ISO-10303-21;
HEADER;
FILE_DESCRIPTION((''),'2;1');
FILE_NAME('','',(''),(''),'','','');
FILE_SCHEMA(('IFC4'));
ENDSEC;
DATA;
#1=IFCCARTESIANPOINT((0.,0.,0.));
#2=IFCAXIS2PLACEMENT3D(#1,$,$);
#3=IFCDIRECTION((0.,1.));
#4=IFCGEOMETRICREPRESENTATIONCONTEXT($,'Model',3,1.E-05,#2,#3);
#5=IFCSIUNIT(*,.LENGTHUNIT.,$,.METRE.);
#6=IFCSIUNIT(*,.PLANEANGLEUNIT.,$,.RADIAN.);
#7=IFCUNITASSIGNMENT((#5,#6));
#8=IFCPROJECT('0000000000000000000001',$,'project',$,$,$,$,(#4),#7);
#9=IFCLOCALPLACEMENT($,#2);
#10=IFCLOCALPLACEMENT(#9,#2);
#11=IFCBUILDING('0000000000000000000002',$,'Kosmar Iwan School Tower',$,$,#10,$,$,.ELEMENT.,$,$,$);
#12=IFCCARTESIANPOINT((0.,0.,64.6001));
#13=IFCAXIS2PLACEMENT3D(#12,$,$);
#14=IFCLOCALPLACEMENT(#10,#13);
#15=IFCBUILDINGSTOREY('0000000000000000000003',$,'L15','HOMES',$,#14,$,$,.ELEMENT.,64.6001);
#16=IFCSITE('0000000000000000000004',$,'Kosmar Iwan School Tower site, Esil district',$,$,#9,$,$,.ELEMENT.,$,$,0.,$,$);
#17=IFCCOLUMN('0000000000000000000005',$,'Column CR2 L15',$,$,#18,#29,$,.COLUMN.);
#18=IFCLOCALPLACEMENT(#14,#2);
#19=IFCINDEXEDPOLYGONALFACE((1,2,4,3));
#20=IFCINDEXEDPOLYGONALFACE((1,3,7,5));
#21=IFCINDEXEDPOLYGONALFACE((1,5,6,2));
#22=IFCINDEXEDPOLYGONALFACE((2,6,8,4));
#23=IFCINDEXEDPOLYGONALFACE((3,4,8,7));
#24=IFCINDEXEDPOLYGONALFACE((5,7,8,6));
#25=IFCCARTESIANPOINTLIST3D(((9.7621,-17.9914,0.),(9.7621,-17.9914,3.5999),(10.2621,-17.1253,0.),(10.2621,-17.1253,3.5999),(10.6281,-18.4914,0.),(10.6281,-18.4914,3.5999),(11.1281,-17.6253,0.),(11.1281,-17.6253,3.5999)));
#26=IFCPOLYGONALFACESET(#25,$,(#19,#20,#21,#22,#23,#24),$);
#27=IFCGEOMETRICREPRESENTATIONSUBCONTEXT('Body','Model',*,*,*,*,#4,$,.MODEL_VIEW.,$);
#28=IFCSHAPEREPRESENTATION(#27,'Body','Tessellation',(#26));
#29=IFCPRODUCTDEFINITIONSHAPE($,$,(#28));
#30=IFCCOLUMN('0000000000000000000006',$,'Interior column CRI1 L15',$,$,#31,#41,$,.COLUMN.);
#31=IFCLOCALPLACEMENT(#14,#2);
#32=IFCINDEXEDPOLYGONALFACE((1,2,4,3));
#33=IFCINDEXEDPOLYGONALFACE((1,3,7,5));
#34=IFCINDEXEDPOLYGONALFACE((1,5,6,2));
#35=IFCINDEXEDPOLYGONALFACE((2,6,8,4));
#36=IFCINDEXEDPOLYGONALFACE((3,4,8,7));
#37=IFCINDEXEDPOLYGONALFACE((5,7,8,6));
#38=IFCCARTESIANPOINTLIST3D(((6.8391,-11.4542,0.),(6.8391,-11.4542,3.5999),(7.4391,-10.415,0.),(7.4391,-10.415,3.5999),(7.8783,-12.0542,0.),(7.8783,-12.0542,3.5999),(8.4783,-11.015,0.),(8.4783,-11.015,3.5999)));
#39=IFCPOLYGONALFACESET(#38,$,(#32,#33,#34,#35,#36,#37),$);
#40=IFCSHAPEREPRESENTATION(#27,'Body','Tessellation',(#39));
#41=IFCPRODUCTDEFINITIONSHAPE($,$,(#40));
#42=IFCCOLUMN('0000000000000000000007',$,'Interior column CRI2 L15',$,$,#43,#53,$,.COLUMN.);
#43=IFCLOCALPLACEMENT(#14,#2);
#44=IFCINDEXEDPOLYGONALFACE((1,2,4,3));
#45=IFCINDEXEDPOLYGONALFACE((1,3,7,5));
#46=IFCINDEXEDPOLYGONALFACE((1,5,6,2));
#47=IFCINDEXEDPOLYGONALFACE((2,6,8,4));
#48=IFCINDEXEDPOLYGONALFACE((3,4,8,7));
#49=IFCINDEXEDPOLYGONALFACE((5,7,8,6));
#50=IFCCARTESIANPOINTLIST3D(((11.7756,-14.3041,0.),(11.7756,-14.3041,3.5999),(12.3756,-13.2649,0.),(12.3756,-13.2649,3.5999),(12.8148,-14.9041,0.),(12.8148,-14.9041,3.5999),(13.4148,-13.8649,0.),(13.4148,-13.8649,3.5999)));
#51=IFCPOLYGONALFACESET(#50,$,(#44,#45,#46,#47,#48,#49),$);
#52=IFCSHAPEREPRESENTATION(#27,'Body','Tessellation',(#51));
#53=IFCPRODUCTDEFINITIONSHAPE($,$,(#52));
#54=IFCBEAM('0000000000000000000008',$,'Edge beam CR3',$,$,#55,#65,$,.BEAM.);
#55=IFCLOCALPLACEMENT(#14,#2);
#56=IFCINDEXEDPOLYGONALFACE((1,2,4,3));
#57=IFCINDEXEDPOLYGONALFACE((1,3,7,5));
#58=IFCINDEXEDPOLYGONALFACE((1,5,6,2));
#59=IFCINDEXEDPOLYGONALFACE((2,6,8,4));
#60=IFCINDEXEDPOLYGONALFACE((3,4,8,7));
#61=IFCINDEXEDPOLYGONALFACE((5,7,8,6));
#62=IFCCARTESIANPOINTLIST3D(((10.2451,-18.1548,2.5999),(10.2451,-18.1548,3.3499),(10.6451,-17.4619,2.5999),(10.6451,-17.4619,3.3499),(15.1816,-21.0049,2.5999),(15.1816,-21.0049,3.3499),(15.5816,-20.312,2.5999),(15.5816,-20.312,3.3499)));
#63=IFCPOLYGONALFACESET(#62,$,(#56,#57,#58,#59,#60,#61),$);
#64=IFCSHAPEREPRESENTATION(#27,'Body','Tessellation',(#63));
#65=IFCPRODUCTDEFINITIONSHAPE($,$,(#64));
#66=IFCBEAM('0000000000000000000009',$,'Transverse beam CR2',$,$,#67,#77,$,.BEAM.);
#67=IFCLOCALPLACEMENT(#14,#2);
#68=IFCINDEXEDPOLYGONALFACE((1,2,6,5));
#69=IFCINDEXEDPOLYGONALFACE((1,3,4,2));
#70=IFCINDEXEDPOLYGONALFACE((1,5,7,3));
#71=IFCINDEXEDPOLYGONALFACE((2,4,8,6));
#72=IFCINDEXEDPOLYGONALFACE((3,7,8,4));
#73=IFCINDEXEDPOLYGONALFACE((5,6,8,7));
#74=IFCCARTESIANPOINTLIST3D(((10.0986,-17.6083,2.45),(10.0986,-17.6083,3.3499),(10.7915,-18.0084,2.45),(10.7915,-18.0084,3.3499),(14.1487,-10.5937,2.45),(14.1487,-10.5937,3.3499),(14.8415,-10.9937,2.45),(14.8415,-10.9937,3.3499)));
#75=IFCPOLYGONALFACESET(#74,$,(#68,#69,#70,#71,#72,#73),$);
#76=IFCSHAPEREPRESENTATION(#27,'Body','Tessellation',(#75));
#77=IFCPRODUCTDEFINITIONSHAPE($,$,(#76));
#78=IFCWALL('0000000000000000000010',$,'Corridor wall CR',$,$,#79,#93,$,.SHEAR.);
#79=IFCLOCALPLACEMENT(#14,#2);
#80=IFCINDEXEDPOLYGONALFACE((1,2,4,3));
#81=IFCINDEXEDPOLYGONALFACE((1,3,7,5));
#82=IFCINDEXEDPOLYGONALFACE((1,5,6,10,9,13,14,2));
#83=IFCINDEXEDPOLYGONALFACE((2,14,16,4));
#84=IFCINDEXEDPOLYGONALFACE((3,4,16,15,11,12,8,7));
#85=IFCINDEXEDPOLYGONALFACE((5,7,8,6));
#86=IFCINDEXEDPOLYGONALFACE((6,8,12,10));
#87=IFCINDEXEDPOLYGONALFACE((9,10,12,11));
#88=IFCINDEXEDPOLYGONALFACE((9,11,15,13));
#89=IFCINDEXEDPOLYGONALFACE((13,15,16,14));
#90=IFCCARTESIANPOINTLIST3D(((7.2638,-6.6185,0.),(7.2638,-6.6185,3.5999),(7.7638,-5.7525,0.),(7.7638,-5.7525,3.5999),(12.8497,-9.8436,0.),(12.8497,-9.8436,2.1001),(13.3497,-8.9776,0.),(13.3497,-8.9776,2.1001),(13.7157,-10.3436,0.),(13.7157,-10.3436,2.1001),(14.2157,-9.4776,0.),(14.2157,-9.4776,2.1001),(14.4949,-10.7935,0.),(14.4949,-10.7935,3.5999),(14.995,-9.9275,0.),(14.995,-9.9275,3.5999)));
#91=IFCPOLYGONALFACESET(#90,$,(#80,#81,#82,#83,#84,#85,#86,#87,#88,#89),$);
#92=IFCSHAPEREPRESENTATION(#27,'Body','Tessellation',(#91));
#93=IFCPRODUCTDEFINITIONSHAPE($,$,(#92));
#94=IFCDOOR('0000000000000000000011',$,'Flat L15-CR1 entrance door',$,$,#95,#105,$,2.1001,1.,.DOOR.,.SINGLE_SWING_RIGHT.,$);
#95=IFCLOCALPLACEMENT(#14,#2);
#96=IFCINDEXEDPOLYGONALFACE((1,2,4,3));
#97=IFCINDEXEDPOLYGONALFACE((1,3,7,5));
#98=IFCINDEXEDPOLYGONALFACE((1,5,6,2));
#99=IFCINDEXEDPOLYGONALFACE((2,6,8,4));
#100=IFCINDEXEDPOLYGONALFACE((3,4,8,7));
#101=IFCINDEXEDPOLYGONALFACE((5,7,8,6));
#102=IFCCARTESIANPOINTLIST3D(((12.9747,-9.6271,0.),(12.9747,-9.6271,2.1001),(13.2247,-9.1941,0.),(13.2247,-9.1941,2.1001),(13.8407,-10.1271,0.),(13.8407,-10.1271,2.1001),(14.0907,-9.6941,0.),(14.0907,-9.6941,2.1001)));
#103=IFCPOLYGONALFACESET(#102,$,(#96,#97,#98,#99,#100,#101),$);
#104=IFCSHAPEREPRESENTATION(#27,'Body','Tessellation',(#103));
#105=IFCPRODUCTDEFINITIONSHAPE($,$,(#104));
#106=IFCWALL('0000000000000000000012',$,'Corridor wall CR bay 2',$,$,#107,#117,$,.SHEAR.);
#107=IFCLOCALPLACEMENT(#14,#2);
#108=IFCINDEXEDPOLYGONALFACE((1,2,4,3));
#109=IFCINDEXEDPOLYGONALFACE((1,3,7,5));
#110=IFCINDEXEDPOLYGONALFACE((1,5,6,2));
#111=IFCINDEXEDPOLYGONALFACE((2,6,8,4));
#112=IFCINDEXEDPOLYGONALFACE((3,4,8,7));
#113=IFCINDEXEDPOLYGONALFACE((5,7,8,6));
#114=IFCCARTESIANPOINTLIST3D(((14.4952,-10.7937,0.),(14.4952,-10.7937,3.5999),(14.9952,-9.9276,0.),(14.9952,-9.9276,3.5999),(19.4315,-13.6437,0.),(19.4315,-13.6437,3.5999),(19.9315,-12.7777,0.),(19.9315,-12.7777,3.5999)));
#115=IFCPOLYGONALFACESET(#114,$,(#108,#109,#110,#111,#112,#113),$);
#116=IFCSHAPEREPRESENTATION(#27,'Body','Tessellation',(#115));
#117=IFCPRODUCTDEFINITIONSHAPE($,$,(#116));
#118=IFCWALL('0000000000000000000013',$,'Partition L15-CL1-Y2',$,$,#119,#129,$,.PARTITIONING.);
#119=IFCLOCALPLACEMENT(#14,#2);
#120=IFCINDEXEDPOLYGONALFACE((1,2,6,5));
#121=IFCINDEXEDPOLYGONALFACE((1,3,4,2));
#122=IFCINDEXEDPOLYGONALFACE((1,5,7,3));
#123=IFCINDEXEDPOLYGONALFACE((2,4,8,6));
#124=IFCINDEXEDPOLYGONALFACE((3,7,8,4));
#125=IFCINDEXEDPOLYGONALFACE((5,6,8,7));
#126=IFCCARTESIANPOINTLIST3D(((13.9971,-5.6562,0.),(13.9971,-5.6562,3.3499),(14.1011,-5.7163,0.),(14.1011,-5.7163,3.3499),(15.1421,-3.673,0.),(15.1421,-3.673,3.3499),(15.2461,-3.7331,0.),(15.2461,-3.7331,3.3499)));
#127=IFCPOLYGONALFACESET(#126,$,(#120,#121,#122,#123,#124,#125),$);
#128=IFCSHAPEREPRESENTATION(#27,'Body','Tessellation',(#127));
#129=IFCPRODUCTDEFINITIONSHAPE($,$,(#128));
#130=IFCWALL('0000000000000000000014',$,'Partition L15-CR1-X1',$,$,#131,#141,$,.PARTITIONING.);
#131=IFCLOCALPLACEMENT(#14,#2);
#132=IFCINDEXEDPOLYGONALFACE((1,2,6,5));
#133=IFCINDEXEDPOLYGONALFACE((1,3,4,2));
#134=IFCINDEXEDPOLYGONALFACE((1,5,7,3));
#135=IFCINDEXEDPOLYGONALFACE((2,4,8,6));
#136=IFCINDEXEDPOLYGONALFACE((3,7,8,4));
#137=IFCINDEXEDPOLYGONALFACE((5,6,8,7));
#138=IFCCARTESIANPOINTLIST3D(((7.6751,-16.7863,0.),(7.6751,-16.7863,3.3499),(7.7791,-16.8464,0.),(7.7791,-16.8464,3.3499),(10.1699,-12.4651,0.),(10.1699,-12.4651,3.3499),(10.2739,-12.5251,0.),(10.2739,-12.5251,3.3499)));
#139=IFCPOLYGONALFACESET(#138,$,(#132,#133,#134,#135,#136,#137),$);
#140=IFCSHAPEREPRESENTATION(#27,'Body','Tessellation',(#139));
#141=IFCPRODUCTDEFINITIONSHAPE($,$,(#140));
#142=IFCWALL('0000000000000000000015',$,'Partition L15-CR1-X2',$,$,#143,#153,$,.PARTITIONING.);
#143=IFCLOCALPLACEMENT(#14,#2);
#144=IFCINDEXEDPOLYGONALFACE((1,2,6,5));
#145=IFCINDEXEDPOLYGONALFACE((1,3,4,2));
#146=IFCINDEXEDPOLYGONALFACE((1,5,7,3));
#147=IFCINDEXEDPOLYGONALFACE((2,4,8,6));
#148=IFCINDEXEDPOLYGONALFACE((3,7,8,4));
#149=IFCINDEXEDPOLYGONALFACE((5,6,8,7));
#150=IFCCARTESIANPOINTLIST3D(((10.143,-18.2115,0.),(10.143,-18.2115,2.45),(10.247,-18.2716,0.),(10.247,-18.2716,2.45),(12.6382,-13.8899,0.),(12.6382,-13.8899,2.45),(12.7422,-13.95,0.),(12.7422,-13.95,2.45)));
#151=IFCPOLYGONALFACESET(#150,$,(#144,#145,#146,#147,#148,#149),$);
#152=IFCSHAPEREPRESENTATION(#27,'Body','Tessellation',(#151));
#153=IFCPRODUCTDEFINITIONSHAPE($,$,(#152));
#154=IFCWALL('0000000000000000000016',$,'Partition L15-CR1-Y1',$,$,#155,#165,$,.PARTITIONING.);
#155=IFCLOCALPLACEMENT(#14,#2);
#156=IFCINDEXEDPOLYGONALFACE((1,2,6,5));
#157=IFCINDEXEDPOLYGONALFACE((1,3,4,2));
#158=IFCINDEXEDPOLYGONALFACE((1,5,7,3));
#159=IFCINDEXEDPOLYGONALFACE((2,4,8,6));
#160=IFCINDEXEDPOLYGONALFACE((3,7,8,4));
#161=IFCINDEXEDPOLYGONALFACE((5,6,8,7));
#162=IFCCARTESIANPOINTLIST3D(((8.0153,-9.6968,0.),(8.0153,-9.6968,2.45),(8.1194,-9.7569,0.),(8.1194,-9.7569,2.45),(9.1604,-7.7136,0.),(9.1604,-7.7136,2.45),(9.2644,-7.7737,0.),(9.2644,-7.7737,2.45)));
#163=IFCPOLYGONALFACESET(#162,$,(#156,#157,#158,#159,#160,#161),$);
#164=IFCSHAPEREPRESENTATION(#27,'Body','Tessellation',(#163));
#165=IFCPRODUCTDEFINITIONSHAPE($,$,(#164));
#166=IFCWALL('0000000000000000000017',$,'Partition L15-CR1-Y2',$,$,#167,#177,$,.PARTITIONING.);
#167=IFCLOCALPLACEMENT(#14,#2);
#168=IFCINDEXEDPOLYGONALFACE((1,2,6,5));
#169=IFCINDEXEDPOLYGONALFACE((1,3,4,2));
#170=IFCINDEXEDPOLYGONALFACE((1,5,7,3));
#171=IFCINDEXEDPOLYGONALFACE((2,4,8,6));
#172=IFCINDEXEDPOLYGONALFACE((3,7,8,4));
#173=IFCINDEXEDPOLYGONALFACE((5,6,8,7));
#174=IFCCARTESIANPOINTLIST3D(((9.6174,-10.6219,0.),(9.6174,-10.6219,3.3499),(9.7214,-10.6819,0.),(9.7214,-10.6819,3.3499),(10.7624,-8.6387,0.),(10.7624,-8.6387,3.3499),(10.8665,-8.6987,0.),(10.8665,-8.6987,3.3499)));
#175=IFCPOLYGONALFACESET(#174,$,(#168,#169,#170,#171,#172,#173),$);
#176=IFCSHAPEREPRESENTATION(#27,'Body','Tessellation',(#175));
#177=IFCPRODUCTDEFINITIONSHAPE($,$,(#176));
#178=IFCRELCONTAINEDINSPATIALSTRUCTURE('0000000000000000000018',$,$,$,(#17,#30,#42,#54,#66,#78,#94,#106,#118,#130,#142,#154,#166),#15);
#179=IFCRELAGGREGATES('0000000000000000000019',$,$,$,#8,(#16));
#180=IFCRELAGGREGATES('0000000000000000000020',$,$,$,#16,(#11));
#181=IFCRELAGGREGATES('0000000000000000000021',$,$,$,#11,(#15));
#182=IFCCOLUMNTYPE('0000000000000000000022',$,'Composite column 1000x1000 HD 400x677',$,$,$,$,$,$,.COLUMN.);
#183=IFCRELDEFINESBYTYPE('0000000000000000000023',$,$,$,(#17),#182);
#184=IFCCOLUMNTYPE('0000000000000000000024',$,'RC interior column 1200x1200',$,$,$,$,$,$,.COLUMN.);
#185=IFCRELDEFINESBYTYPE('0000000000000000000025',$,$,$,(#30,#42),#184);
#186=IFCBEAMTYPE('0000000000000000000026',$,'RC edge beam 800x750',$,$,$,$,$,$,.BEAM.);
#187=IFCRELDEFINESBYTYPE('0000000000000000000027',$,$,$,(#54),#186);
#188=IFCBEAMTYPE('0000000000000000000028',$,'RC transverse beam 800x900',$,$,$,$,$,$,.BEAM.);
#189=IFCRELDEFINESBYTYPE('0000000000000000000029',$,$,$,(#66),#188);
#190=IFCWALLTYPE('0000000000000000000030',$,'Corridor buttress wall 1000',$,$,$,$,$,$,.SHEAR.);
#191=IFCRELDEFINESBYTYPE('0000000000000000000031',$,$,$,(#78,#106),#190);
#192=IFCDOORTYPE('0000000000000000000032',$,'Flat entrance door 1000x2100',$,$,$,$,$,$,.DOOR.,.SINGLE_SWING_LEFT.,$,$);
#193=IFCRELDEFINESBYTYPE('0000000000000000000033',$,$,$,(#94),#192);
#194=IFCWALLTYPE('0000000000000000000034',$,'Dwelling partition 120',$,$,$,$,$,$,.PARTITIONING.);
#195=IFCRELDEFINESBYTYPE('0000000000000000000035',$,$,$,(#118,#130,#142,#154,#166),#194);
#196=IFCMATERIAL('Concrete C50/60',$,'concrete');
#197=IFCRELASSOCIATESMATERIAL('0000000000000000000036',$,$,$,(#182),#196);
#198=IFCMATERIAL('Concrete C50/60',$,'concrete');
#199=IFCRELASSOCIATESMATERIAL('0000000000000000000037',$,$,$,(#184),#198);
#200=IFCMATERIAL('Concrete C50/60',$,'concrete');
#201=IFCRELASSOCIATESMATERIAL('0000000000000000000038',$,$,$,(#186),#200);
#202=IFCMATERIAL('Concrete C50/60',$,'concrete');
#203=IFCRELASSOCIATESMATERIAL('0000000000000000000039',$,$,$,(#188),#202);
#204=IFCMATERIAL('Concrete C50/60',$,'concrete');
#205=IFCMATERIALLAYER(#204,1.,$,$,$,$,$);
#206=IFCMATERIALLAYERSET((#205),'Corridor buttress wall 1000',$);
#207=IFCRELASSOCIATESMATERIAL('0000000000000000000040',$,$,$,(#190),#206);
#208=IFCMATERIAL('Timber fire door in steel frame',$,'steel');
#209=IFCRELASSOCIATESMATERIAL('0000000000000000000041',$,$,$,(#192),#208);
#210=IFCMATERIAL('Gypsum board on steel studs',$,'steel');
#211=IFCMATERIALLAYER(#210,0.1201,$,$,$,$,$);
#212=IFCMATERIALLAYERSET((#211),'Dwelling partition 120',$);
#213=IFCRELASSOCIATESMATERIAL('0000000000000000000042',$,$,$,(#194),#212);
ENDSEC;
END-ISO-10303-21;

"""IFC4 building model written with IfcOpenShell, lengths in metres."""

from ifc_helpers import new_model, si_unit, direction, frame, frame_2d, origin, origin_2d, place, context, subcontext, project, spatial, rectangle, extrude, material, layer, layer_set, material_profile, profile_set, type_object, element, fill, save


model = new_model("IFC4")

# Units and contexts
model_context = context("Model", 3, precision=1e-05, world=origin(), true_north=direction((0.0, 1.0)))
body_context = subcontext(model_context, "Body", "Model", "MODEL_VIEW")
ifc_project = project(units=[si_unit("LENGTHUNIT", "METRE"), si_unit("PLANEANGLEUNIT", "RADIAN")], contexts=[model_context])

# Site, building, storey
site_placement = place(None, origin())
site = spatial("IfcSite", under=ifc_project, at=site_placement, Name="Kosmar Iwan School Tower site, Esil district", CompositionType="ELEMENT", RefElevation=0.0)
building_placement = place(site_placement, origin())
building = spatial("IfcBuilding", under=site, at=building_placement, Name="Kosmar Iwan School Tower", CompositionType="ELEMENT")
storey_placement = place(building_placement, frame((0.0, 0.0, 64.6001)))
storey = spatial("IfcBuildingStorey", under=building, at=storey_placement, Name="L15", Description="HOMES", CompositionType="ELEMENT", Elevation=64.6001)

# Columns
ifc_material_1 = material(Name="Concrete C50/60", Category="concrete")
ifc_material_profile_1 = material_profile(ifc_material_1, rectangle(XDim=1.0, YDim=1.0, at=origin_2d()), Name="RC 1000x1000 + HD 400x677")
ifc_profile_set_1 = profile_set([ifc_material_profile_1], Name="Concrete C50/60")
column_type_1 = type_object("IfcColumnType", Name="Composite column 1000x1000 HD 400x677", PredefinedType="COLUMN", material=ifc_profile_set_1)
column_placement = place(storey_placement, frame((10.4451, -17.8083, 0.0), z_axis=(0.0, 0.0, 1.0), x_axis=(0.866025, -0.5, 0.0)))
element("IfcColumn", 1, at=column_placement, inside=storey, type_object=column_type_1, Name="Column CR2 L15", PredefinedType="COLUMN", context=body_context, shape_type="SweptSolid", body=[
    extrude(rectangle(XDim=1.0, YDim=1.0, at=origin_2d()), origin(), (0.0, 0.0, 1.0), 3.5999),
])
ifc_material_2 = material(Name="Concrete C50/60", Category="concrete")
ifc_material_profile_2 = material_profile(ifc_material_2, rectangle(XDim=1.2, YDim=1.2, at=origin_2d()), Name="RC 1200x1200")
ifc_profile_set_2 = profile_set([ifc_material_profile_2], Name="Concrete C50/60")
column_type_2 = type_object("IfcColumnType", Name="RC interior column 1200x1200", PredefinedType="COLUMN", material=ifc_profile_set_2)
for number, where, z_axis, x_axis, name in (
    (2, (7.6587, -11.2346, 0.0), (0.0, 0.0, 1.0), (0.866025, -0.5, 0.0), "Interior column CRI1 L15"),
    (3, (12.5952, -14.0845, 0.0), (0.0, 0.0, 1.0), (0.866025, -0.5, 0.0), "Interior column CRI2 L15"),
):
    element("IfcColumn", number, at=place(storey_placement, frame(where, z_axis=z_axis, x_axis=x_axis)), inside=storey, type_object=column_type_2, Name=name, PredefinedType="COLUMN", context=body_context, shape_type="SweptSolid", body=[
        extrude(rectangle(XDim=1.2, YDim=1.2, at=origin_2d()), origin(), (0.0, 0.0, 1.0), 3.5999),
    ])

# Beams
ifc_material_3 = material(Name="Concrete C50/60", Category="concrete")
ifc_material_profile_3 = material_profile(ifc_material_3, rectangle(XDim=0.8, YDim=0.75, at=origin_2d()), Name="RC 800x750")
ifc_profile_set_3 = profile_set([ifc_material_profile_3], Name="Concrete C50/60")
beam_type_1 = type_object("IfcBeamType", Name="RC edge beam 800x750", PredefinedType="BEAM", material=ifc_profile_set_3)
beam_1_placement = place(storey_placement, frame((10.4451, -17.8083, 2.9749), z_axis=(0.866026, -0.499999, 0.0), x_axis=(0.499999, 0.866026, 0.0)))
element("IfcBeam", 4, at=beam_1_placement, inside=storey, type_object=beam_type_1, Name="Edge beam CR3", PredefinedType="BEAM", context=body_context, shape_type="SweptSolid", body=[
    extrude(rectangle(XDim=0.8, YDim=0.75, at=origin_2d()), origin(), (0.0, 0.0, 1.0), 5.7002),
])
ifc_material_4 = material(Name="Concrete C50/60", Category="concrete")
ifc_material_profile_4 = material_profile(ifc_material_4, rectangle(XDim=0.8, YDim=0.8999, at=origin_2d()), Name="RC 800x900")
ifc_profile_set_4 = profile_set([ifc_material_profile_4], Name="Concrete C50/60")
beam_type_2 = type_object("IfcBeamType", Name="RC transverse beam 800x900", PredefinedType="BEAM", material=ifc_profile_set_4)
beam_2_placement = place(storey_placement, frame((10.4451, -17.8083, 2.8999), z_axis=(0.500013, 0.866018, 0.0), x_axis=(-0.866018, 0.500013, 0.0)))
element("IfcBeam", 5, at=beam_2_placement, inside=storey, type_object=beam_type_2, Name="Transverse beam CR2", PredefinedType="BEAM", context=body_context, shape_type="SweptSolid", body=[
    extrude(rectangle(XDim=0.8, YDim=0.8999, at=origin_2d()), origin(), (0.0, 0.0, 1.0), 8.0999),
])

# Wall, opening, door
ifc_material_5 = material(Name="Concrete C50/60", Category="concrete")
ifc_layer_1 = layer(ifc_material_5, 1.0)
ifc_layer_set_1 = layer_set([ifc_layer_1], Name="Corridor buttress wall 1000")
wall_type_1 = type_object("IfcWallType", Name="Corridor buttress wall 1000", PredefinedType="SHEAR", material=ifc_layer_set_1)
wall_1_placement = place(storey_placement, frame((7.5139, -6.1855, 0.0), z_axis=(0.0, 0.0, 1.0), x_axis=(0.86602, -0.50001, 0.0)))
wall_1 = element("IfcWall", 6, at=wall_1_placement, inside=storey, type_object=wall_type_1, Name="Corridor wall CR", PredefinedType="SHEAR", context=body_context, shape_type="SweptSolid", body=[
    extrude(rectangle(XDim=8.3499, YDim=1.0, at=frame_2d((4.1748, 0.0))), origin(), (0.0, 0.0, 1.0), 3.5999),
])
opening_placement = place(wall_1_placement, frame((6.45, 0.0, 0.0)))
opening = element("IfcOpeningElement", 7, at=opening_placement, cuts=wall_1, PredefinedType="OPENING", context=body_context, shape_type="SweptSolid", body=[
    extrude(rectangle(XDim=1.0, YDim=2.1001, at=frame_2d((0.5, 1.05))), frame((0.0, 0.512, 0.0), z_axis=(0.0, -1.0, 0.0), x_axis=(1.0, 0.0, 0.0)), (0.0, 0.0, 1.0), 1.0239),
])
ifc_material_6 = material(Name="Timber fire door in steel frame", Category="steel")
door_type = type_object("IfcDoorType", Name="Flat entrance door 1000x2100", OperationType="SINGLE_SWING_LEFT", PredefinedType="DOOR", material=ifc_material_6)
door_placement = place(opening_placement, origin())
door = element("IfcDoor", 8, at=door_placement, inside=storey, type_object=door_type, Name="Flat L15-CR1 entrance door", OperationType="SINGLE_SWING_RIGHT", OverallHeight=2.1001, OverallWidth=1.0, PredefinedType="DOOR", context=body_context, shape_type="SweptSolid", body=[
    extrude(rectangle(XDim=1.0, YDim=2.1001, at=frame_2d((0.5, 1.05))), frame((0.0, 0.25, 0.0), z_axis=(0.0, -1.0, 0.0), x_axis=(1.0, 0.0, 0.0)), (0.0, 0.0, 1.0), 0.5),
])
fill(opening, door)

# Walls
wall_2_placement = place(storey_placement, frame((14.7451, -10.3606, 0.0), z_axis=(0.0, 0.0, 1.0), x_axis=(0.866015, -0.500018, 0.0)))
element("IfcWall", 9, at=wall_2_placement, inside=storey, type_object=wall_type_1, Name="Corridor wall CR bay 2", PredefinedType="SHEAR", context=body_context, shape_type="SweptSolid", body=[
    extrude(rectangle(XDim=5.7, YDim=1.0, at=frame_2d((2.8501, 0.0))), origin(), (0.0, 0.0, 1.0), 3.5999),
])
ifc_material_7 = material(Name="Gypsum board on steel studs", Category="steel")
ifc_layer_2 = layer(ifc_material_7, 0.1201)
ifc_layer_set_2 = layer_set([ifc_layer_2], Name="Dwelling partition 120")
wall_type_2 = type_object("IfcWallType", Name="Dwelling partition 120", PredefinedType="PARTITIONING", material=ifc_layer_set_2)
wall_3_placement = place(storey_placement, frame((14.0491, -5.6863, 0.0), z_axis=(0.0, 0.0, 1.0), x_axis=(0.500015, 0.866017, 0.0)))
element("IfcWall", 10, at=wall_3_placement, inside=storey, type_object=wall_type_2, Name="Partition L15-CL1-Y2", PredefinedType="PARTITIONING", context=body_context, shape_type="SweptSolid", body=[
    extrude(rectangle(XDim=2.29, YDim=0.1201, at=frame_2d((1.145, 0.0))), origin(), (0.0, 0.0, 1.0), 3.3499),
])
wall_4_placement = place(storey_placement, frame((10.2219, -12.4951, 0.0), z_axis=(0.0, 0.0, 1.0), x_axis=(-0.499996, -0.866028, 0.0)))
element("IfcWall", 11, at=wall_4_placement, inside=storey, type_object=wall_type_2, Name="Partition L15-CR1-X1", PredefinedType="PARTITIONING", context=body_context, shape_type="SweptSolid", body=[
    extrude(rectangle(XDim=4.9897, YDim=0.1201, at=frame_2d((2.4949, 0.0))), origin(), (0.0, 0.0, 1.0), 3.3499),
])
wall_5_placement = place(storey_placement, frame((12.6902, -13.9199, 0.0), z_axis=(0.0, 0.0, 1.0), x_axis=(-0.500012, -0.866019, 0.0)))
element("IfcWall", 12, at=wall_5_placement, inside=storey, type_object=wall_type_2, Name="Partition L15-CR1-X2", PredefinedType="PARTITIONING", context=body_context, shape_type="SweptSolid", body=[
    extrude(rectangle(XDim=4.9902, YDim=0.1201, at=frame_2d((2.4951, 0.0))), origin(), (0.0, 0.0, 1.0), 2.45),
])
wall_6_placement = place(storey_placement, frame((9.2124, -7.7437, 0.0), z_axis=(0.0, 0.0, 1.0), x_axis=(-0.500015, -0.866017, 0.0)))
element("IfcWall", 13, at=wall_6_placement, inside=storey, type_object=wall_type_2, Name="Partition L15-CR1-Y1", PredefinedType="PARTITIONING", context=body_context, shape_type="SweptSolid", body=[
    extrude(rectangle(XDim=2.29, YDim=0.1201, at=frame_2d((1.145, 0.0))), origin(), (0.0, 0.0, 1.0), 2.45),
])
for number, where, z_axis, x_axis, name in (
    (14, (10.8145, -8.6687, 0.0), (0.0, 0.0, 1.0), (-0.500015, -0.866017, 0.0), "Partition L15-CR1-Y2"),
):
    element("IfcWall", number, at=place(storey_placement, frame(where, z_axis=z_axis, x_axis=x_axis)), inside=storey, type_object=wall_type_2, Name=name, PredefinedType="PARTITIONING", context=body_context, shape_type="SweptSolid", body=[
        extrude(rectangle(XDim=2.29, YDim=0.1201, at=frame_2d((1.145, 0.0))), origin(), (0.0, 0.0, 1.0), 3.3499),
    ])

save(model, "model.ifc")
